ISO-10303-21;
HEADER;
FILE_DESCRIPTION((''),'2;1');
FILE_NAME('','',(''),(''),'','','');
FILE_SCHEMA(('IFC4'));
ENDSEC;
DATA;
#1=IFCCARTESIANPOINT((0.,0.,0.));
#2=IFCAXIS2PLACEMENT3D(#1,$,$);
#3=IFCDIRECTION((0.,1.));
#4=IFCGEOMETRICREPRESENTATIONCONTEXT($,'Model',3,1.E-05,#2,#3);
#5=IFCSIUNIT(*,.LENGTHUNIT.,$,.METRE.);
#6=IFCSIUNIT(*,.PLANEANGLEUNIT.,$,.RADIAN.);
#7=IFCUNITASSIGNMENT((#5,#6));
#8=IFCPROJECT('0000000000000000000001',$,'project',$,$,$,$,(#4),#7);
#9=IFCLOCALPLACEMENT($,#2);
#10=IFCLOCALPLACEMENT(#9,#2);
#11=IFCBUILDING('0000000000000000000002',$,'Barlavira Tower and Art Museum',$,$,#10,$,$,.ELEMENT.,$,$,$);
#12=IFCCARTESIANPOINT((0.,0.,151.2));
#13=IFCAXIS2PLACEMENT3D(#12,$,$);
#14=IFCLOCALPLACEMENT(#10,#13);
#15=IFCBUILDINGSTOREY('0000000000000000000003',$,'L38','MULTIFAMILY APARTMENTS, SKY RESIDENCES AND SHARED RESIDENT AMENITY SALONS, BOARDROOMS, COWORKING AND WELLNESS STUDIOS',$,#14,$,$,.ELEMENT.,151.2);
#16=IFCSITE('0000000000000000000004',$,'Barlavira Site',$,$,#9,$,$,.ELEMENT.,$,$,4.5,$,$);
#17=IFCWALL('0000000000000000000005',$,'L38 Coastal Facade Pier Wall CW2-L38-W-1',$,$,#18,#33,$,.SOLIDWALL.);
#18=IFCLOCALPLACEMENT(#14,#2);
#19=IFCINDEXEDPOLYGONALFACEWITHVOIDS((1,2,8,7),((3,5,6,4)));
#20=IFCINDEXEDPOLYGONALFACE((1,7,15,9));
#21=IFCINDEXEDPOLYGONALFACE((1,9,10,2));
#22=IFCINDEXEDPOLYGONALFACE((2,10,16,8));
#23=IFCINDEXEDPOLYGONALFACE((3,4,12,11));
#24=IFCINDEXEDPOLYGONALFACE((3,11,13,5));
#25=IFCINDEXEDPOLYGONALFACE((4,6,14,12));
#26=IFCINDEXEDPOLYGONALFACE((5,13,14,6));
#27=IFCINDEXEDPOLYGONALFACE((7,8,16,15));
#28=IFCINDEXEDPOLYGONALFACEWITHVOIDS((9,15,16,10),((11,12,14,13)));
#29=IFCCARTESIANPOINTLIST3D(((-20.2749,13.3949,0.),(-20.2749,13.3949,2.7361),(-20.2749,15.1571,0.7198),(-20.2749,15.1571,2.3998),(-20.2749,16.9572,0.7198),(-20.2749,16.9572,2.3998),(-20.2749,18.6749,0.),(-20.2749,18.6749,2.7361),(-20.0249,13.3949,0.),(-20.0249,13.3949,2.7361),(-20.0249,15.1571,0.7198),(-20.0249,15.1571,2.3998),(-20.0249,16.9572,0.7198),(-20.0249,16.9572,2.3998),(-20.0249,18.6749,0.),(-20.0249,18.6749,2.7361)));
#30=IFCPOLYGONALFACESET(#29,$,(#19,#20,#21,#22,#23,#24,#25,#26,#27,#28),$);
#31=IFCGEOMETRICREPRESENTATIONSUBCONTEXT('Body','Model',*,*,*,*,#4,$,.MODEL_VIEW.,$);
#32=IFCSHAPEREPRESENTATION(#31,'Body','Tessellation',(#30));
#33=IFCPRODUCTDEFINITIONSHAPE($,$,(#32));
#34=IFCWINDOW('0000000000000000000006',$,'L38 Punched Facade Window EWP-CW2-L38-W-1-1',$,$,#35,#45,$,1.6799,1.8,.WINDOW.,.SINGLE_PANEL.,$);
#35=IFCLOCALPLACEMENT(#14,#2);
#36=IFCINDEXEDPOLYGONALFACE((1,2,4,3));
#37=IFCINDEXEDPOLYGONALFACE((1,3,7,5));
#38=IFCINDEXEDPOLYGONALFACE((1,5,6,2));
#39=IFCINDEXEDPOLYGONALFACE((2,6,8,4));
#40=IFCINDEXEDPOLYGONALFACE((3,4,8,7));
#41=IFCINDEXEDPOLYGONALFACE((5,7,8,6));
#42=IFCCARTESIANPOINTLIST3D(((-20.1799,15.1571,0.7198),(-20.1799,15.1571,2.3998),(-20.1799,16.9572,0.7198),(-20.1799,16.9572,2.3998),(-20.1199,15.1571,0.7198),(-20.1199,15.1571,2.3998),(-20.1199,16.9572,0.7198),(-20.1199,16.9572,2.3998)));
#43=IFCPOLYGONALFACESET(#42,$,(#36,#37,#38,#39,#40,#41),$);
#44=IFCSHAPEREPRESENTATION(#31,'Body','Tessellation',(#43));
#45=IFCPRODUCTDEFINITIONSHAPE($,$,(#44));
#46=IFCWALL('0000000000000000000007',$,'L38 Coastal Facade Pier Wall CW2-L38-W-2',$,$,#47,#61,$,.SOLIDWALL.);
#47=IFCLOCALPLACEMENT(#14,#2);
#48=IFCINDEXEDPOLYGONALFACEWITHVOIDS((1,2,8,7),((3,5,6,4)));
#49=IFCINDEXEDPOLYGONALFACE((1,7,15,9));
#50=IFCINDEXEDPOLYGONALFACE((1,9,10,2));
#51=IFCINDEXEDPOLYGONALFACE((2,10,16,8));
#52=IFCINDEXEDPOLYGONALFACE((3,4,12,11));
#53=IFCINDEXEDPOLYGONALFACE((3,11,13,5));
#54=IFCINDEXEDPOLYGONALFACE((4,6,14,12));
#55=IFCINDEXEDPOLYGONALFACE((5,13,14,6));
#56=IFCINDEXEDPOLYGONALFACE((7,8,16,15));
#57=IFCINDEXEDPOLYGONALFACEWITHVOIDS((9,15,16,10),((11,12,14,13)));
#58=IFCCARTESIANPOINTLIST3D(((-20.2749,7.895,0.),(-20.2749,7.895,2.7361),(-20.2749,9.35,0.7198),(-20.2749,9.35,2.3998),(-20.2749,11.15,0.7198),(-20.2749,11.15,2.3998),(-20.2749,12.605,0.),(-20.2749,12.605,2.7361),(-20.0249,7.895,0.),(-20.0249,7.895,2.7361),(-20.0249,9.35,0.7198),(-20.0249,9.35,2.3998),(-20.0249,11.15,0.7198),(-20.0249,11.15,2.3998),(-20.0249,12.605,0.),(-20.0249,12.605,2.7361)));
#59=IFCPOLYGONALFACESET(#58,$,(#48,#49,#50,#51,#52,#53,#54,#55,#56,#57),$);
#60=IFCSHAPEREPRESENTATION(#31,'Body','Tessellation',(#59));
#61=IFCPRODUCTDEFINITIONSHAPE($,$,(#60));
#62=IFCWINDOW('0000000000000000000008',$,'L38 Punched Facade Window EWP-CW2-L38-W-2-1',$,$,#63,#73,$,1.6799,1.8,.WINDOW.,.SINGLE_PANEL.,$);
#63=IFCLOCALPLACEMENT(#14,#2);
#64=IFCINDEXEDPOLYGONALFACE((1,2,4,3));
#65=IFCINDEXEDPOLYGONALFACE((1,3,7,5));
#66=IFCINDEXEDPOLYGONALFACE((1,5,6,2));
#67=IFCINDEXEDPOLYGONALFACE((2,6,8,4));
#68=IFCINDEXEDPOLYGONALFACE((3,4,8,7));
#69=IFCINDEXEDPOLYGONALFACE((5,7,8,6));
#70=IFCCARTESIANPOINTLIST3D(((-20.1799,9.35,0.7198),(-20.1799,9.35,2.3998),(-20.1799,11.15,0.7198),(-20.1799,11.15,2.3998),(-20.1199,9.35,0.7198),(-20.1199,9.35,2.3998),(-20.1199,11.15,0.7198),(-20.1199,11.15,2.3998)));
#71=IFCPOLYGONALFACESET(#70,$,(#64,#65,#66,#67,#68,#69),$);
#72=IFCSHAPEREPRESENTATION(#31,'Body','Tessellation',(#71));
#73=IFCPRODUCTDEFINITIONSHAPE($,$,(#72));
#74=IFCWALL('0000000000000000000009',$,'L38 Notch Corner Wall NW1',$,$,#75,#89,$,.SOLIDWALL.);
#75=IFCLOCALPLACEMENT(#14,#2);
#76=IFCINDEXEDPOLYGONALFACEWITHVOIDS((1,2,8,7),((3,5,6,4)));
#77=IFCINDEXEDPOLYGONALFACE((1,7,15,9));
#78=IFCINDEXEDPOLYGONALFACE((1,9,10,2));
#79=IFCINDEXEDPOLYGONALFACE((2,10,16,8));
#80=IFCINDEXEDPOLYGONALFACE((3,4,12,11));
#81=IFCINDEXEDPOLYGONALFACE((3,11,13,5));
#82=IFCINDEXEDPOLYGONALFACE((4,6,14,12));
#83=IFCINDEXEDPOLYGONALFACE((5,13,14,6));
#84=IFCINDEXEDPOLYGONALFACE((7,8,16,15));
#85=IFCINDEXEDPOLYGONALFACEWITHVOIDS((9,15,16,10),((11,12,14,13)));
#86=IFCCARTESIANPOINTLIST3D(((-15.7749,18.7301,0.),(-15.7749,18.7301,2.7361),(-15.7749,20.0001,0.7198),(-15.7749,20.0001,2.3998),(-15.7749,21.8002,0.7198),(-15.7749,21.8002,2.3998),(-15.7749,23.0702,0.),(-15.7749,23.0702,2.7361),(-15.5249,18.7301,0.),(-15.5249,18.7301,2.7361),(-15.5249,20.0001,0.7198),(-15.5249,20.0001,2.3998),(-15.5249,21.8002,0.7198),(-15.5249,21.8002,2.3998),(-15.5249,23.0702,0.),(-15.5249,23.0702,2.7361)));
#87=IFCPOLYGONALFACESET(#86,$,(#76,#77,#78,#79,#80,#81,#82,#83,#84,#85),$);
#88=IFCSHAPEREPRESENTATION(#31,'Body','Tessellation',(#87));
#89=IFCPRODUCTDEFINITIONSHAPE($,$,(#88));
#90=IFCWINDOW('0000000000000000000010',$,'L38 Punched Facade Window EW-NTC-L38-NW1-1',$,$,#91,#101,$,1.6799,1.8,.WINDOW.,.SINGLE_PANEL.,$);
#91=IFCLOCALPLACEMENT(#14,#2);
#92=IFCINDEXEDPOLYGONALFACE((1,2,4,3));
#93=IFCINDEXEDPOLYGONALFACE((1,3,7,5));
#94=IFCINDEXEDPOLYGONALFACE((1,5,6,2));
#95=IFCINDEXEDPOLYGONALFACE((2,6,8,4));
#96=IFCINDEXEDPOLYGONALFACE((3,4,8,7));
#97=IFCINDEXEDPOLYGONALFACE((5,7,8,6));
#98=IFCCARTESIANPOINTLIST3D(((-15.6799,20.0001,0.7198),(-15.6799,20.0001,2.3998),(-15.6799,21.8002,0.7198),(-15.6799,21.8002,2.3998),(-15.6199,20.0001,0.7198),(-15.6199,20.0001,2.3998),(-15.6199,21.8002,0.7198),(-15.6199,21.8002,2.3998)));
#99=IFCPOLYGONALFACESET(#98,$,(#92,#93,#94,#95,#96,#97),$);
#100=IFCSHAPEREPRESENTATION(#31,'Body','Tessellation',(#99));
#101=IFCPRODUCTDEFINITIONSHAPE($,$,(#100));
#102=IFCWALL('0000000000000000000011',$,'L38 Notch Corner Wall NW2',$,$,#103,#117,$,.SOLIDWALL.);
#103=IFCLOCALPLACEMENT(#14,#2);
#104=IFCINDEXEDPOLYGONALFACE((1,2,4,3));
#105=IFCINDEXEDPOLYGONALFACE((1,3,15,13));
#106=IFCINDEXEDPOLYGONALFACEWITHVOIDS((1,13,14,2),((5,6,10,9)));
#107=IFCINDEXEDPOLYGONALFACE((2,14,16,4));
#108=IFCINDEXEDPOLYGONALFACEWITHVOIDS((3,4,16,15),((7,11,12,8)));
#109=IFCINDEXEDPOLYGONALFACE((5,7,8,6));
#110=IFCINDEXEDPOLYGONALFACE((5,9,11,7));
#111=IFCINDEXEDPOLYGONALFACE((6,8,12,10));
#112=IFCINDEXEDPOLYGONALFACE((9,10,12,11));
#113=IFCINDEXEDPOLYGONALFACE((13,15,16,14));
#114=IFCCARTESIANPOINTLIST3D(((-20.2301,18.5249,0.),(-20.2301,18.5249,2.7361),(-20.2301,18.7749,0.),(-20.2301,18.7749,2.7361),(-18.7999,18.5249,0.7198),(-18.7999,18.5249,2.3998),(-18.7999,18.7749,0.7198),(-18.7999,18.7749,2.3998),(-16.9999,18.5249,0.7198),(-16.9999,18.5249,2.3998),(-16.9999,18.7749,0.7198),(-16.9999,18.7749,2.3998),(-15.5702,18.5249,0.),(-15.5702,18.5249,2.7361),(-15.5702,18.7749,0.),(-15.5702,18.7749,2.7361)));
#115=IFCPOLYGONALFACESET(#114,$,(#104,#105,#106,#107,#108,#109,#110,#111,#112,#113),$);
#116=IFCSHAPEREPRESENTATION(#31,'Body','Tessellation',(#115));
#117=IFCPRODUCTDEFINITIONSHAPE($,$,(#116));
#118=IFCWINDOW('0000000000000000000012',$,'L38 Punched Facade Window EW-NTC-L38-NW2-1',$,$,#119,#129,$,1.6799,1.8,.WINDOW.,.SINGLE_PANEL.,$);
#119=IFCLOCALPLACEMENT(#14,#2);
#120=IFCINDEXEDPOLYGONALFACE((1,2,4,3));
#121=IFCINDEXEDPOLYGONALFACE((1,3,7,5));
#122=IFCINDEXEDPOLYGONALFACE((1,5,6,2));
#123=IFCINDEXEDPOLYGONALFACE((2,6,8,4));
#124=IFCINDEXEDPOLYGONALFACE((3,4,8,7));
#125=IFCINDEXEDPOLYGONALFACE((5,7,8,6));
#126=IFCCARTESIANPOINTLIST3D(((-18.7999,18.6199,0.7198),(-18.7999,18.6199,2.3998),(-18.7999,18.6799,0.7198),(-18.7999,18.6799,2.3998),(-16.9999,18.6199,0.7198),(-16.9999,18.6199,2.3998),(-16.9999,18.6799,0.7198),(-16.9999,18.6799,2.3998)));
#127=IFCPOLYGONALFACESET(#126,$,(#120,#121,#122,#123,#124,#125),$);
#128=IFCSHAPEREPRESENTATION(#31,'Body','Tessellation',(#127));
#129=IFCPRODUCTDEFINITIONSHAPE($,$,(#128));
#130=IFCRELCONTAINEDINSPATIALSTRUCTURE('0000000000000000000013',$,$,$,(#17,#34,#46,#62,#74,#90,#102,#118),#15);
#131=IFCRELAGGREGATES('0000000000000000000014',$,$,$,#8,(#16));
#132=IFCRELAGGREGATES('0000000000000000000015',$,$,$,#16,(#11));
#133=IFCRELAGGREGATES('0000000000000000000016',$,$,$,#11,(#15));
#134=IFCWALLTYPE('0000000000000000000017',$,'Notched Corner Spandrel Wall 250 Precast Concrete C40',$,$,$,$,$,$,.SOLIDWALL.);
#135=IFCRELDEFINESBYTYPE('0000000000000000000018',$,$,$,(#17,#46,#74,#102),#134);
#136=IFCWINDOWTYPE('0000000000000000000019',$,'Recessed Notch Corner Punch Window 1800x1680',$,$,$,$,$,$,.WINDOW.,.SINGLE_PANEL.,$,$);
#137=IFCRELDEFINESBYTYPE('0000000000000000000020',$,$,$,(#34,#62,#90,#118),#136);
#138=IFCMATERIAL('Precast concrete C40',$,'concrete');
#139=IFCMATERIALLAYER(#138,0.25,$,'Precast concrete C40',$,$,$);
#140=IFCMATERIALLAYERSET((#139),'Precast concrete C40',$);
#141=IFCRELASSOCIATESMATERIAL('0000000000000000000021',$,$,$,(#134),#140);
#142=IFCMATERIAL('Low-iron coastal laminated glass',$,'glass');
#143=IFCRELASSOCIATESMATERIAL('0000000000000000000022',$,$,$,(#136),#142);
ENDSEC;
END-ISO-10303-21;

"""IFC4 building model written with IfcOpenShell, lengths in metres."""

from ifc_helpers import new_model, si_unit, direction, frame, frame_2d, origin, place, context, subcontext, project, spatial, rectangle, extrude, material, layer, layer_set, type_object, element, fill, save


model = new_model("IFC4")

# Units and contexts
model_context = context("Model", 3, precision=1e-05, world=origin(), true_north=direction((0.0, 1.0)))
body_context = subcontext(model_context, "Body", "Model", "MODEL_VIEW")
ifc_project = project(units=[si_unit("LENGTHUNIT", "METRE"), si_unit("PLANEANGLEUNIT", "RADIAN")], contexts=[model_context])

# Site, building, storey
site_placement = place(None, origin())
site = spatial("IfcSite", under=ifc_project, at=site_placement, Name="Barlavira Site", CompositionType="ELEMENT", RefElevation=4.5)
building_placement = place(site_placement, origin())
building = spatial("IfcBuilding", under=site, at=building_placement, Name="Barlavira Tower and Art Museum", CompositionType="ELEMENT")
storey_placement = place(building_placement, frame((0.0, 0.0, 151.2)))
storey = spatial("IfcBuildingStorey", under=building, at=storey_placement, Name="L38", Description="MULTIFAMILY APARTMENTS, SKY RESIDENCES AND SHARED RESIDENT AMENITY SALONS, BOARDROOMS, COWORKING AND WELLNESS STUDIOS", CompositionType="ELEMENT", Elevation=151.2)

# Walls, openings, windows
ifc_material_1 = material(Name="Precast concrete C40", Category="concrete")
ifc_layer_1 = layer(ifc_material_1, 0.25, Name="Precast concrete C40")
ifc_layer_set_1 = layer_set([ifc_layer_1], Name="Precast concrete C40")
wall_type_1 = type_object("IfcWallType", Name="Notched Corner Spandrel Wall 250 Precast Concrete C40", PredefinedType="SOLIDWALL", material=ifc_layer_set_1)
ifc_material_2 = material(Name="Low-iron coastal laminated glass", Category="glass")
window_type = type_object("IfcWindowType", Name="Recessed Notch Corner Punch Window 1800x1680", PartitioningType="SINGLE_PANEL", PredefinedType="WINDOW", material=ifc_material_2)
wall_1_placement = place(storey_placement, frame((-20.1499, 18.675, 0.0), z_axis=(0.0, 0.0, 1.0), x_axis=(0.0, -1.0, 0.0)))
wall_1 = element("IfcWall", 1, at=wall_1_placement, inside=storey, type_object=wall_type_1, Name="L38 Coastal Facade Pier Wall CW2-L38-W-1", PredefinedType="SOLIDWALL", context=body_context, shape_type="SweptSolid", body=[
    extrude(rectangle(XDim=5.28, YDim=0.25, at=frame_2d((2.6401, 0.0))), origin(), (0.0, 0.0, 1.0), 2.7361),
])
opening_1_placement = place(wall_1_placement, frame((1.718, 0.0, 0.72)))
opening_1 = element("IfcOpeningElement", 2, at=opening_1_placement, cuts=wall_1, PredefinedType="OPENING", context=body_context, shape_type="SweptSolid", body=[
    extrude(rectangle(XDim=1.8, YDim=1.6799, at=frame_2d((0.8999, 0.8398))), frame((0.0, 0.135, 0.0), z_axis=(0.0, -1.0, 0.0), x_axis=(1.0, 0.0, 0.0)), (0.0, 0.0, 1.0), 0.27),
])
window_1_placement = place(opening_1_placement, origin())
window_1 = element("IfcWindow", 3, at=window_1_placement, inside=storey, type_object=window_type, Name="L38 Punched Facade Window EWP-CW2-L38-W-1-1", OverallHeight=1.6799, OverallWidth=1.8, PartitioningType="SINGLE_PANEL", PredefinedType="WINDOW", context=body_context, shape_type="SweptSolid", body=[
    extrude(rectangle(XDim=1.8, YDim=1.6799, at=frame_2d((0.8999, 0.8398))), frame((0.0, 0.03, 0.0), z_axis=(0.0, -1.0, 0.0), x_axis=(1.0, 0.0, 0.0)), (0.0, 0.0, 1.0), 0.0601),
])
fill(opening_1, window_1)
wall_2_placement = place(storey_placement, frame((-20.1499, 12.605, 0.0), z_axis=(0.0, 0.0, 1.0), x_axis=(0.0, -1.0, 0.0)))
wall_2 = element("IfcWall", 4, at=wall_2_placement, inside=storey, type_object=wall_type_1, Name="L38 Coastal Facade Pier Wall CW2-L38-W-2", PredefinedType="SOLIDWALL", context=body_context, shape_type="SweptSolid", body=[
    extrude(rectangle(XDim=4.71, YDim=0.25, at=frame_2d((2.355, 0.0))), origin(), (0.0, 0.0, 1.0), 2.7361),
])
opening_2_placement = place(wall_2_placement, frame((1.4551, 0.0, 0.72)))
opening_2 = element("IfcOpeningElement", 5, at=opening_2_placement, cuts=wall_2, PredefinedType="OPENING", context=body_context, shape_type="SweptSolid", body=[
    extrude(rectangle(XDim=1.8, YDim=1.6799, at=frame_2d((0.8999, 0.8398))), frame((0.0, 0.135, 0.0), z_axis=(0.0, -1.0, 0.0), x_axis=(1.0, 0.0, 0.0)), (0.0, 0.0, 1.0), 0.27),
])
window_2_placement = place(opening_2_placement, origin())
window_2 = element("IfcWindow", 6, at=window_2_placement, inside=storey, type_object=window_type, Name="L38 Punched Facade Window EWP-CW2-L38-W-2-1", OverallHeight=1.6799, OverallWidth=1.8, PartitioningType="SINGLE_PANEL", PredefinedType="WINDOW", context=body_context, shape_type="SweptSolid", body=[
    extrude(rectangle(XDim=1.8, YDim=1.6799, at=frame_2d((0.8999, 0.8398))), frame((0.0, 0.03, 0.0), z_axis=(0.0, -1.0, 0.0), x_axis=(1.0, 0.0, 0.0)), (0.0, 0.0, 1.0), 0.0601),
])
fill(opening_2, window_2)
wall_3_placement = place(storey_placement, frame((-15.6499, 23.0701, 0.0), z_axis=(0.0, 0.0, 1.0), x_axis=(0.0, -1.0, 0.0)))
wall_3 = element("IfcWall", 7, at=wall_3_placement, inside=storey, type_object=wall_type_1, Name="L38 Notch Corner Wall NW1", PredefinedType="SOLIDWALL", context=body_context, shape_type="SweptSolid", body=[
    extrude(rectangle(XDim=4.3401, YDim=0.25, at=frame_2d((2.1699, 0.0))), origin(), (0.0, 0.0, 1.0), 2.7361),
])
opening_3_placement = place(wall_3_placement, frame((1.27, 0.0, 0.72)))
opening_3 = element("IfcOpeningElement", 8, at=opening_3_placement, cuts=wall_3, PredefinedType="OPENING", context=body_context, shape_type="SweptSolid", body=[
    extrude(rectangle(XDim=1.8, YDim=1.6799, at=frame_2d((0.8999, 0.8398))), frame((0.0, 0.135, 0.0), z_axis=(0.0, -1.0, 0.0), x_axis=(1.0, 0.0, 0.0)), (0.0, 0.0, 1.0), 0.27),
])
window_3_placement = place(opening_3_placement, origin())
window_3 = element("IfcWindow", 9, at=window_3_placement, inside=storey, type_object=window_type, Name="L38 Punched Facade Window EW-NTC-L38-NW1-1", OverallHeight=1.6799, OverallWidth=1.8, PartitioningType="SINGLE_PANEL", PredefinedType="WINDOW", context=body_context, shape_type="SweptSolid", body=[
    extrude(rectangle(XDim=1.8, YDim=1.6799, at=frame_2d((0.8999, 0.8398))), frame((0.0, 0.03, 0.0), z_axis=(0.0, -1.0, 0.0), x_axis=(1.0, 0.0, 0.0)), (0.0, 0.0, 1.0), 0.0601),
])
fill(opening_3, window_3)
wall_4_placement = place(storey_placement, frame((-15.5701, 18.6499, 0.0), z_axis=(0.0, 0.0, 1.0), x_axis=(-1.0, 0.0, 0.0)))
wall_4 = element("IfcWall", 10, at=wall_4_placement, inside=storey, type_object=wall_type_1, Name="L38 Notch Corner Wall NW2", PredefinedType="SOLIDWALL", context=body_context, shape_type="SweptSolid", body=[
    extrude(rectangle(XDim=4.6599, YDim=0.25, at=frame_2d((2.3301, 0.0))), origin(), (0.0, 0.0, 1.0), 2.7361),
])
opening_4_placement = place(wall_4_placement, frame((1.4299, 0.0, 0.72)))
opening_4 = element("IfcOpeningElement", 11, at=opening_4_placement, cuts=wall_4, PredefinedType="OPENING", context=body_context, shape_type="SweptSolid", body=[
    extrude(rectangle(XDim=1.8, YDim=1.6799, at=frame_2d((0.8999, 0.8398))), frame((0.0, 0.135, 0.0), z_axis=(0.0, -1.0, 0.0), x_axis=(1.0, 0.0, 0.0)), (0.0, 0.0, 1.0), 0.27),
])
window_4_placement = place(opening_4_placement, origin())
window_4 = element("IfcWindow", 12, at=window_4_placement, inside=storey, type_object=window_type, Name="L38 Punched Facade Window EW-NTC-L38-NW2-1", OverallHeight=1.6799, OverallWidth=1.8, PartitioningType="SINGLE_PANEL", PredefinedType="WINDOW", context=body_context, shape_type="SweptSolid", body=[
    extrude(rectangle(XDim=1.8, YDim=1.6799, at=frame_2d((0.8999, 0.8398))), frame((0.0, 0.03, 0.0), z_axis=(0.0, -1.0, 0.0), x_axis=(1.0, 0.0, 0.0)), (0.0, 0.0, 1.0), 0.0601),
])
fill(opening_4, window_4)

save(model, "model.ifc")
